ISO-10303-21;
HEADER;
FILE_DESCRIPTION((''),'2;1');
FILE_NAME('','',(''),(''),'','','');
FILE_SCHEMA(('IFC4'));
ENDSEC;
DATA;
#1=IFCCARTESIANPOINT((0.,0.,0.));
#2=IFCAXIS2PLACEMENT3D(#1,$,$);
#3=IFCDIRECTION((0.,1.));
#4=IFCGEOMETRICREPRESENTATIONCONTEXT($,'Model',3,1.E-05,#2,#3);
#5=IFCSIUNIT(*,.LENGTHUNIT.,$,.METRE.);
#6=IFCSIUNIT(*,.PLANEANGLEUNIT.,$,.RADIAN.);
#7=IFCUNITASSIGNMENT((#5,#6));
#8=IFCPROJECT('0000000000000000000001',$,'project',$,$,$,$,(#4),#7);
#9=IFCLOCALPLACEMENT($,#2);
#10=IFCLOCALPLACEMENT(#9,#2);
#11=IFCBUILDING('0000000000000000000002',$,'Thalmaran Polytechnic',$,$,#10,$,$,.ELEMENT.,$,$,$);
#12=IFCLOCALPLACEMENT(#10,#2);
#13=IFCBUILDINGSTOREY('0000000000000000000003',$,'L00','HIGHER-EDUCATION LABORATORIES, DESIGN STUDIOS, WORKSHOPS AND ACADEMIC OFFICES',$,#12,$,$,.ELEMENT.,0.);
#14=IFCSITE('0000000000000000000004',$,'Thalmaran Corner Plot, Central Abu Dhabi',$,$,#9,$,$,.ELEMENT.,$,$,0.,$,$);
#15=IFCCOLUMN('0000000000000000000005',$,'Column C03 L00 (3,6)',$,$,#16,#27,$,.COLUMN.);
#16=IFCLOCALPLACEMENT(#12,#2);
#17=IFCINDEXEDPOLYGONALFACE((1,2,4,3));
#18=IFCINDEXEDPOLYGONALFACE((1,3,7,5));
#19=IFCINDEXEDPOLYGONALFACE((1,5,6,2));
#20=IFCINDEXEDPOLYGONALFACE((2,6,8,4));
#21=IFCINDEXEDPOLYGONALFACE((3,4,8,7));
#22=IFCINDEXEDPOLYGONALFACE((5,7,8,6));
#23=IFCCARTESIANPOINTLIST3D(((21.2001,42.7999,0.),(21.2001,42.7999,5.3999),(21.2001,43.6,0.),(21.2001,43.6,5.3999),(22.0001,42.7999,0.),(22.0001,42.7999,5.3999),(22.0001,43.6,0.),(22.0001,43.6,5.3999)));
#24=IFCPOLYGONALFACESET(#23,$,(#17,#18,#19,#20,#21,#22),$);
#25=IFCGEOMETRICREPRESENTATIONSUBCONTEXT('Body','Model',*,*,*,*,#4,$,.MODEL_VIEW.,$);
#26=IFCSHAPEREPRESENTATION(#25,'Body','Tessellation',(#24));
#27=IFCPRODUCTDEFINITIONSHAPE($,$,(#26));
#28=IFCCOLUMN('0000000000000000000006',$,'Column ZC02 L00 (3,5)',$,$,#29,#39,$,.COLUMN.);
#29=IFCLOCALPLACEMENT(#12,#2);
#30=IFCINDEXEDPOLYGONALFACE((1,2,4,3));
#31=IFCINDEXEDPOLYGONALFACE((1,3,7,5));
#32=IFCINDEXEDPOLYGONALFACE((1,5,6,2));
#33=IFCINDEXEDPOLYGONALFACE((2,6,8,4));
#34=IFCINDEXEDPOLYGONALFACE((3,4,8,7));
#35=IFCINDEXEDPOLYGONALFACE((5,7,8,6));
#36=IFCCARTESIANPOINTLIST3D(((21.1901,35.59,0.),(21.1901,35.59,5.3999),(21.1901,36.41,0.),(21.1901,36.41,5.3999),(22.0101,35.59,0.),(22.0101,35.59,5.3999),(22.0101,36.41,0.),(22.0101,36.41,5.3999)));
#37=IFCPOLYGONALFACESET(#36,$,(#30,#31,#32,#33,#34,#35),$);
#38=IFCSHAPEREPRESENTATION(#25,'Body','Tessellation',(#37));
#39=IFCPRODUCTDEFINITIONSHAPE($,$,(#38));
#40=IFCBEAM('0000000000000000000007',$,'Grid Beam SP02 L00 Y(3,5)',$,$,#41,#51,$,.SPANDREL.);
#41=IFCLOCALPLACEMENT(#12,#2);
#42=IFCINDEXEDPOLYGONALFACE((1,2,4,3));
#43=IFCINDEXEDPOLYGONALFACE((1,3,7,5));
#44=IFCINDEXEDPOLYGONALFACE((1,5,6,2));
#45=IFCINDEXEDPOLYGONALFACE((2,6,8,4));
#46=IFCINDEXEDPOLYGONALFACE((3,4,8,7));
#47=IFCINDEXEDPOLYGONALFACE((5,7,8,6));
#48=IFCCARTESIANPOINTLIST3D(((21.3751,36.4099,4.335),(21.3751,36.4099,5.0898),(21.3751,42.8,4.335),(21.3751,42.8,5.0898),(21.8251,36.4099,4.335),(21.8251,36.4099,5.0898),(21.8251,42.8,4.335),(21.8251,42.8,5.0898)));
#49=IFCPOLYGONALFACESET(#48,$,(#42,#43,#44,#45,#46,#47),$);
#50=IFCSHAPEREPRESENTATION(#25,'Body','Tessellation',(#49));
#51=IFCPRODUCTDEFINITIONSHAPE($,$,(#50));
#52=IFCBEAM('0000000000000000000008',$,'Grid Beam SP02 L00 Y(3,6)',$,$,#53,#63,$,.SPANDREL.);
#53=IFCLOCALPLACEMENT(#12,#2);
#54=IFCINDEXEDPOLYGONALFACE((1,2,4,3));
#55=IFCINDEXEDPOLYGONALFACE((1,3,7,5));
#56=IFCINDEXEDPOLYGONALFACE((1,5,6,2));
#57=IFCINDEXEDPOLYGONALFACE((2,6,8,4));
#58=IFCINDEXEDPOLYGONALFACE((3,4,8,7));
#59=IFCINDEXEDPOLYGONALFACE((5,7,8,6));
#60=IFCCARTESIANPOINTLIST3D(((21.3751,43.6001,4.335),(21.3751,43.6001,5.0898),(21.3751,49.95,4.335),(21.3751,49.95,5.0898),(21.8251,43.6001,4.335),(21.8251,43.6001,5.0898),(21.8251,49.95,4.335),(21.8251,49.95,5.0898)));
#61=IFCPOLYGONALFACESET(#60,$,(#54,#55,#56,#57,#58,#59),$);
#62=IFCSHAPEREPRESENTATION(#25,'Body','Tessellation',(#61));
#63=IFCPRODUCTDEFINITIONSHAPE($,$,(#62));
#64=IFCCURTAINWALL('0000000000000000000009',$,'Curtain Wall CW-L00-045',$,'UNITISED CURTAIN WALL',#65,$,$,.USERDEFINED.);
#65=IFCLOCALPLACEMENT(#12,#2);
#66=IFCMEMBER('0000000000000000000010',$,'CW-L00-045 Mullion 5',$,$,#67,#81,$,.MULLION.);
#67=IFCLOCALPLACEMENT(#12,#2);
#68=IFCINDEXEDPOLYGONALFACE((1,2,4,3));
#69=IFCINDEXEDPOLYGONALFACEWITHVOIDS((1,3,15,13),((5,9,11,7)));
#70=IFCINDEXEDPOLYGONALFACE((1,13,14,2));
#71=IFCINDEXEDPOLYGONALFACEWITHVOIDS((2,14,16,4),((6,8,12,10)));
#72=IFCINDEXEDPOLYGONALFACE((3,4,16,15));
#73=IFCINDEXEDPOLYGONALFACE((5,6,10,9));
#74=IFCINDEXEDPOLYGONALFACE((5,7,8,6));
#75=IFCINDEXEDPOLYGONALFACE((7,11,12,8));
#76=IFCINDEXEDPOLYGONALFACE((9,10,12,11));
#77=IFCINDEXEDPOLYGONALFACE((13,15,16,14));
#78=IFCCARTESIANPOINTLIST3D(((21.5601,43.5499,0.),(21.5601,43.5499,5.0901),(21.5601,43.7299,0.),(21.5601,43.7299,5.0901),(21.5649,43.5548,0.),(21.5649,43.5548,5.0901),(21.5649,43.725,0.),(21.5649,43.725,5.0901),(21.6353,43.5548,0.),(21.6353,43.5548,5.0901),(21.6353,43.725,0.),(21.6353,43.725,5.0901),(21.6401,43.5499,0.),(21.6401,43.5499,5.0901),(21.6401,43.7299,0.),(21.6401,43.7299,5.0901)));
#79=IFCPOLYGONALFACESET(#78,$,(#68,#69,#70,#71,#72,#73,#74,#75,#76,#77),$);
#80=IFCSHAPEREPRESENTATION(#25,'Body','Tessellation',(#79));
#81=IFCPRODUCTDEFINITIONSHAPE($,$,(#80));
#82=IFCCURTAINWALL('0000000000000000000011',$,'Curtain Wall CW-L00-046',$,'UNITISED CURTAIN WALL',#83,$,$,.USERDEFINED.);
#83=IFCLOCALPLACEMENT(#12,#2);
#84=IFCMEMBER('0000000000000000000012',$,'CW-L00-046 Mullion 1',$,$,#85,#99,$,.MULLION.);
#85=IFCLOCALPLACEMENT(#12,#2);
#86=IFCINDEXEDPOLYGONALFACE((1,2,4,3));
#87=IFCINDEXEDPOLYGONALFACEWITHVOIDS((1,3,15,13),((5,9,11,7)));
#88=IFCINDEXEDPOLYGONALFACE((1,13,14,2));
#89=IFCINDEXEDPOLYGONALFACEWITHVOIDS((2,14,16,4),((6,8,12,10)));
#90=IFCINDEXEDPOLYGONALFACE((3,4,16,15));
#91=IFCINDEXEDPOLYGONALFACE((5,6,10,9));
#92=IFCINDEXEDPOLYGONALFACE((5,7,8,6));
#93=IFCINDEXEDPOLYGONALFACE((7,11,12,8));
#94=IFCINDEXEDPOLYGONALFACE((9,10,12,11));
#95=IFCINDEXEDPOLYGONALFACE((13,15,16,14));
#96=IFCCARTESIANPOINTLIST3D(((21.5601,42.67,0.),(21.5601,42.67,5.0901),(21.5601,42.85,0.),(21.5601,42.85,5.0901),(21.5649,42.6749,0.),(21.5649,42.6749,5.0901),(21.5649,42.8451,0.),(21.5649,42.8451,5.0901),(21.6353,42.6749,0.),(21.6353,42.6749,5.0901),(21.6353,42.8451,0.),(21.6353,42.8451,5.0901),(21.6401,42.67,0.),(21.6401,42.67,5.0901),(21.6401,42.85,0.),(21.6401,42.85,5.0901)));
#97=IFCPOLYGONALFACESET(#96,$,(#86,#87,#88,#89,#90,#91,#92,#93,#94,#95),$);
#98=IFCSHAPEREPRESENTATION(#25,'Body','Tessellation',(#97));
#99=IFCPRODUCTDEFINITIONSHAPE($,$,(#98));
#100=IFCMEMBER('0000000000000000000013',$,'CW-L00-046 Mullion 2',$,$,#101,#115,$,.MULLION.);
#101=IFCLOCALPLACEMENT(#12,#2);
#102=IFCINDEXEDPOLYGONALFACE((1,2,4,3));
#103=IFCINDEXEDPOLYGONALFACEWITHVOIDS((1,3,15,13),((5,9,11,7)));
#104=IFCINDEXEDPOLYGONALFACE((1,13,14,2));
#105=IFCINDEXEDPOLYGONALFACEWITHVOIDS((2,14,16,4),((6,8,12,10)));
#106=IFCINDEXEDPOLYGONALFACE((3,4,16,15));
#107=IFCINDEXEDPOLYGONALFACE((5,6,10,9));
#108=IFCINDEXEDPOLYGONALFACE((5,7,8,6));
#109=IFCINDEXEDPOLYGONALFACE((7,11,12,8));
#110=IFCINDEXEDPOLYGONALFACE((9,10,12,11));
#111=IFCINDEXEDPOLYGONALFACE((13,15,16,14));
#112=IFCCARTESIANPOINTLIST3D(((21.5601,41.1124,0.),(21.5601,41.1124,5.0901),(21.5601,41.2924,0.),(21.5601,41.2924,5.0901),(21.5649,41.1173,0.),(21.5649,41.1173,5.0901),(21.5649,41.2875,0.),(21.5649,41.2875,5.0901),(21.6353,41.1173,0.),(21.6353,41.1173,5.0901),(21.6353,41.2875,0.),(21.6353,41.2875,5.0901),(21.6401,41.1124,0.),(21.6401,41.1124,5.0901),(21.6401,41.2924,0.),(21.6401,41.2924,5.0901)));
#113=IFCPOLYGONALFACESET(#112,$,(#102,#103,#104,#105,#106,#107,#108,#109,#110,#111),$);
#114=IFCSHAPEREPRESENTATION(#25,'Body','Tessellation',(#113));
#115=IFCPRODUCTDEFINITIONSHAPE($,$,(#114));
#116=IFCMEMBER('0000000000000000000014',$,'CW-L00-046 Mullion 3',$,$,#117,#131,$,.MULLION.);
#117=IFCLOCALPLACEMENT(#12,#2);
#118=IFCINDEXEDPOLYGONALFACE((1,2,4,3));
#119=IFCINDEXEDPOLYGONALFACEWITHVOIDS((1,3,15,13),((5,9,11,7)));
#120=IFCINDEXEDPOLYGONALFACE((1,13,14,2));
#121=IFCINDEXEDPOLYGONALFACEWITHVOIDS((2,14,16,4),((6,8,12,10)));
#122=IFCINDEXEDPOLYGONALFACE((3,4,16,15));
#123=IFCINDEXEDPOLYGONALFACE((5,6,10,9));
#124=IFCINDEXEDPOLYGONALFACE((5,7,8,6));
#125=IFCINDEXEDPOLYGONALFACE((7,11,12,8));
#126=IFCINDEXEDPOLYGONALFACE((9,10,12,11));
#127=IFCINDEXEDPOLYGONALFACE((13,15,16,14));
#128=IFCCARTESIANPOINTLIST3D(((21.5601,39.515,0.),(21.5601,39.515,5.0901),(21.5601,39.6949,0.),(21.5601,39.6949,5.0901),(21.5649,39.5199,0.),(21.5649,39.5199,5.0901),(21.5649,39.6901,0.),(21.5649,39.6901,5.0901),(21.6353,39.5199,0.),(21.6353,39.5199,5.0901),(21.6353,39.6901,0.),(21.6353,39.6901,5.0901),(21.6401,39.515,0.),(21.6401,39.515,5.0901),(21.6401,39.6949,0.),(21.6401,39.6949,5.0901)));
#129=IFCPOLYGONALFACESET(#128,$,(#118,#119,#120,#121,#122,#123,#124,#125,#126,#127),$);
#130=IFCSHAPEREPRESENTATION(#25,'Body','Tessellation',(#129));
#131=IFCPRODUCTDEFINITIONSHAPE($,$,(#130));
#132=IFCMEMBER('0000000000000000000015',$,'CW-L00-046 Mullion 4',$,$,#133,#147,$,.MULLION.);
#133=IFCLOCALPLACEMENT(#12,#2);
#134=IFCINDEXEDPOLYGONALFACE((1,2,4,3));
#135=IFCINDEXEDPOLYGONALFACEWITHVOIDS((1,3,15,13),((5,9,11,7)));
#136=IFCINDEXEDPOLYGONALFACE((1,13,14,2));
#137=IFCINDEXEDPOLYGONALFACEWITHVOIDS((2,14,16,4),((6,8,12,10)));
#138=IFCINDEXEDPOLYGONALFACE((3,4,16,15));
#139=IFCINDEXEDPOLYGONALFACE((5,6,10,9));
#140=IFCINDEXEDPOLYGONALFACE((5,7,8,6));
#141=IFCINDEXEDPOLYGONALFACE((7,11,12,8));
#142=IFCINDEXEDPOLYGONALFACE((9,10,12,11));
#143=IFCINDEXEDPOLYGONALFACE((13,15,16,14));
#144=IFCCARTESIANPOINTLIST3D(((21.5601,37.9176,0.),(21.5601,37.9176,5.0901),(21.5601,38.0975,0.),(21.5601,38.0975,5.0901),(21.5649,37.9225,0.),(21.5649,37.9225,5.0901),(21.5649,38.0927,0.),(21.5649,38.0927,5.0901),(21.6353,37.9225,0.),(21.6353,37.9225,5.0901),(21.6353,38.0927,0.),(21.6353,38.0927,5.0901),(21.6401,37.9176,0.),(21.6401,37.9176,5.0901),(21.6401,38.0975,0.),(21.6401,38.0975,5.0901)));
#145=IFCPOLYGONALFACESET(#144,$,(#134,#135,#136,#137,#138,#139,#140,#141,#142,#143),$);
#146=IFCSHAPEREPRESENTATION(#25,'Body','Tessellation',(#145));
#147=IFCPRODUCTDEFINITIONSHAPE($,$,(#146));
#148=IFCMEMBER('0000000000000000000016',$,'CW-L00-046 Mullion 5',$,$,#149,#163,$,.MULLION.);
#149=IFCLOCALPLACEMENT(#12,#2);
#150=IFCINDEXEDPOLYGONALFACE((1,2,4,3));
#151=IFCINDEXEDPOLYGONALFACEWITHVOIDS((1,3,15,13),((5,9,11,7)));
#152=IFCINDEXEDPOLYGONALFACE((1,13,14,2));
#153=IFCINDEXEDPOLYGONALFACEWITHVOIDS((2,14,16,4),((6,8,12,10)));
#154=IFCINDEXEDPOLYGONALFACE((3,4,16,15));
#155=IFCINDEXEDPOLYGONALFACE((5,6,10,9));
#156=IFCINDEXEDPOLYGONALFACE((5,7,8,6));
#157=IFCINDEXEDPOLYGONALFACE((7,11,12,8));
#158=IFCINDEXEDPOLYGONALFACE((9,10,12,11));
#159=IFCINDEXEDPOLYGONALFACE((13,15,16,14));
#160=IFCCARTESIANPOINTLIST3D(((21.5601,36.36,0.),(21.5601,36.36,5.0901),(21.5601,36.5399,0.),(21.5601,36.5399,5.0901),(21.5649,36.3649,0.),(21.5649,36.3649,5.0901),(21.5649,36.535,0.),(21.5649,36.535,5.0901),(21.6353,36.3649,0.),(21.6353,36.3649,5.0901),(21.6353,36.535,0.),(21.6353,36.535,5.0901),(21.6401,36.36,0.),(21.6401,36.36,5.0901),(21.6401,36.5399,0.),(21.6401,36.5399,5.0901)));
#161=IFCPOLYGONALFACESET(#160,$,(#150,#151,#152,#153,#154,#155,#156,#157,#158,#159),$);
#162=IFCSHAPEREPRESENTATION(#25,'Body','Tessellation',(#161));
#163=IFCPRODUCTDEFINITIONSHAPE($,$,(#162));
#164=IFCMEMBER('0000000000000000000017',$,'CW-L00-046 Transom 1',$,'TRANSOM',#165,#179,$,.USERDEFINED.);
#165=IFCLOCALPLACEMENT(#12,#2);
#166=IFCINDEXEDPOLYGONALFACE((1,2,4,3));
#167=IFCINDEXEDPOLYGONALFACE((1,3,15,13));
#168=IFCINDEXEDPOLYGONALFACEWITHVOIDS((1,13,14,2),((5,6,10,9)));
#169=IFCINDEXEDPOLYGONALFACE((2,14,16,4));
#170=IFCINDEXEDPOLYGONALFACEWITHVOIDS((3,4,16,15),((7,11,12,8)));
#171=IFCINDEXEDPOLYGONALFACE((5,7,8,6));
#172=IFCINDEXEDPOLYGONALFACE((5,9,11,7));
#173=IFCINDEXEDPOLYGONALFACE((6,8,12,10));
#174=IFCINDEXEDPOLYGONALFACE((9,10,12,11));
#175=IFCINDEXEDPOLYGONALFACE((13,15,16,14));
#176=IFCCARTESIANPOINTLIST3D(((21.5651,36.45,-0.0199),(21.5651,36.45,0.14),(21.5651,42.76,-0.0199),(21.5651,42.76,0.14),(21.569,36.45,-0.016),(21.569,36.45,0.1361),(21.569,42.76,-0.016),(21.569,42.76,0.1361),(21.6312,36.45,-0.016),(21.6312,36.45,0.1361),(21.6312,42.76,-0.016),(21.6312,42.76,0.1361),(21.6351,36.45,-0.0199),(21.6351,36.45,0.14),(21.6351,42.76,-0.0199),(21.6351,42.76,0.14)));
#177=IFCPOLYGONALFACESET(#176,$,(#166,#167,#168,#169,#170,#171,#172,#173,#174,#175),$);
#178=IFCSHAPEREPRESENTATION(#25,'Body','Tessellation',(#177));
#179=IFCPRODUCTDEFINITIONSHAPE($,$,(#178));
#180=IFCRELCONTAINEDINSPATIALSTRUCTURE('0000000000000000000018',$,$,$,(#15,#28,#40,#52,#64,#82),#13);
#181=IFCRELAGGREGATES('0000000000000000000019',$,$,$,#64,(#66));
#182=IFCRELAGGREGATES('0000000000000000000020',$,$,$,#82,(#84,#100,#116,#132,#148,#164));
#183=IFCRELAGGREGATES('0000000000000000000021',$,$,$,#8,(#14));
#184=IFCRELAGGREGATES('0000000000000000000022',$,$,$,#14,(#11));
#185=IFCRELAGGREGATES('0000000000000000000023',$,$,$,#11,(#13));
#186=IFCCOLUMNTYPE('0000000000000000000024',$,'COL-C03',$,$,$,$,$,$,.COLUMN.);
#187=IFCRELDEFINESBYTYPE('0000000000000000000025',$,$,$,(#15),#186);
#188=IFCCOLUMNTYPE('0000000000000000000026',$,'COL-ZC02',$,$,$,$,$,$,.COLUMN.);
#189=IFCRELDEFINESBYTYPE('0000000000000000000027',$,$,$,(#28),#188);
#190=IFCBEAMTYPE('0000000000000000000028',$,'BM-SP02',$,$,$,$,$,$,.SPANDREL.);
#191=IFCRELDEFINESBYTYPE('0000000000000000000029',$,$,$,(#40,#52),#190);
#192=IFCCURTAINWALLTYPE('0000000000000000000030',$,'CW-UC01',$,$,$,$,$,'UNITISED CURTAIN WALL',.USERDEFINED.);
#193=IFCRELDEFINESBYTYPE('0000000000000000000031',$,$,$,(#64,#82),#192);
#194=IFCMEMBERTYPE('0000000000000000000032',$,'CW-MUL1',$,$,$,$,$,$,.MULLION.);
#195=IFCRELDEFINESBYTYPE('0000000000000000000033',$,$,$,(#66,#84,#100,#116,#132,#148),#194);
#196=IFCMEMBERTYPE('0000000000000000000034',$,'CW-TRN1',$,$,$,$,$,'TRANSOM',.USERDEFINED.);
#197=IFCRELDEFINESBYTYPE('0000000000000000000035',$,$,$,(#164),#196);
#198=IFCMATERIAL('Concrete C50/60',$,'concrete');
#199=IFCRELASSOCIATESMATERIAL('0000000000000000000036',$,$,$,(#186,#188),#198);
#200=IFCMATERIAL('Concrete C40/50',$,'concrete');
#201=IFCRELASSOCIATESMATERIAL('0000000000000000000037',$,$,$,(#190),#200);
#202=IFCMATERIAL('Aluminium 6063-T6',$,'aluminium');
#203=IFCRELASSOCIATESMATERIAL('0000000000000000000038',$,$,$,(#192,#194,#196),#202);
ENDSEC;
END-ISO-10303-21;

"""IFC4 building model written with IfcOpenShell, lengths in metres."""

from ifc_helpers import new_model, si_unit, direction, frame, origin, origin_2d, place, context, subcontext, project, spatial, rectangle, hollow_rectangle, extrude, material, material_profile, profile_set, type_object, element, aggregate, save


model = new_model("IFC4")

# Units and contexts
model_context = context("Model", 3, precision=1e-05, world=origin(), true_north=direction((0.0, 1.0)))
body_context = subcontext(model_context, "Body", "Model", "MODEL_VIEW")
ifc_project = project(units=[si_unit("LENGTHUNIT", "METRE"), si_unit("PLANEANGLEUNIT", "RADIAN")], contexts=[model_context])

# Site, building, storey
site_placement = place(None, origin())
site = spatial("IfcSite", under=ifc_project, at=site_placement, Name="Thalmaran Corner Plot, Central Abu Dhabi", CompositionType="ELEMENT", RefElevation=0.0)
building_placement = place(site_placement, origin())
building = spatial("IfcBuilding", under=site, at=building_placement, Name="Thalmaran Polytechnic", CompositionType="ELEMENT")
storey_placement = place(building_placement, origin())
storey = spatial("IfcBuildingStorey", under=building, at=storey_placement, Name="L00", Description="HIGHER-EDUCATION LABORATORIES, DESIGN STUDIOS, WORKSHOPS AND ACADEMIC OFFICES", CompositionType="ELEMENT", Elevation=0.0)

# Columns
ifc_material_1 = material(Name="Concrete C50/60", Category="concrete")
ifc_material_profile_1 = material_profile(ifc_material_1, rectangle(XDim=0.8, YDim=0.8, at=origin_2d()), Name="RC 800x800")
ifc_profile_set_1 = profile_set([ifc_material_profile_1], Name="Concrete C50/60")
column_type_1 = type_object("IfcColumnType", Name="COL-C03", PredefinedType="COLUMN", material=ifc_profile_set_1)
column_1_placement = place(storey_placement, frame((21.6001, 43.2, 0.0), z_axis=(0.0, 0.0, 1.0), x_axis=(1.0, 0.0, 0.0)))
element("IfcColumn", 1, at=column_1_placement, inside=storey, type_object=column_type_1, Name="Column C03 L00 (3,6)", PredefinedType="COLUMN", context=body_context, shape_type="SweptSolid", body=[
    extrude(rectangle(XDim=0.8, YDim=0.8, at=origin_2d()), origin(), (0.0, 0.0, 1.0), 5.3999),
])
ifc_material_profile_2 = material_profile(ifc_material_1, rectangle(XDim=0.8201, YDim=0.8201, at=origin_2d()), Name="RC 820x820")
ifc_profile_set_2 = profile_set([ifc_material_profile_2], Name="Concrete C50/60")
column_type_2 = type_object("IfcColumnType", Name="COL-ZC02", PredefinedType="COLUMN", material=ifc_profile_set_2)
column_2_placement = place(storey_placement, frame((21.6001, 36.0, 0.0), z_axis=(0.0, 0.0, 1.0), x_axis=(1.0, 0.0, 0.0)))
element("IfcColumn", 2, at=column_2_placement, inside=storey, type_object=column_type_2, Name="Column ZC02 L00 (3,5)", PredefinedType="COLUMN", context=body_context, shape_type="SweptSolid", body=[
    extrude(rectangle(XDim=0.8201, YDim=0.8201, at=origin_2d()), origin(), (0.0, 0.0, 1.0), 5.3999),
])

# Beams
ifc_material_2 = material(Name="Concrete C40/50", Category="concrete")
ifc_material_profile_3 = material_profile(ifc_material_2, rectangle(XDim=0.45, YDim=0.7549, at=origin_2d()), Name="RC 450x755")
ifc_profile_set_3 = profile_set([ifc_material_profile_3], Name="Concrete C40/50")
beam_type = type_object("IfcBeamType", Name="BM-SP02", PredefinedType="SPANDREL", material=ifc_profile_set_3)
beam_1_placement = place(storey_placement, frame((21.6001, 36.4099, 4.7124), z_axis=(0.0, 1.0, 0.0), x_axis=(-1.0, 0.0, 0.0)))
element("IfcBeam", 3, at=beam_1_placement, inside=storey, type_object=beam_type, Name="Grid Beam SP02 L00 Y(3,5)", PredefinedType="SPANDREL", context=body_context, shape_type="SweptSolid", body=[
    extrude(rectangle(XDim=0.45, YDim=0.7549, at=origin_2d()), origin(), (0.0, 0.0, 1.0), 6.3901),
])
beam_2_placement = place(storey_placement, frame((21.6001, 43.6001, 4.7124), z_axis=(0.0, 1.0, 0.0), x_axis=(-1.0, 0.0, 0.0)))
element("IfcBeam", 4, at=beam_2_placement, inside=storey, type_object=beam_type, Name="Grid Beam SP02 L00 Y(3,6)", PredefinedType="SPANDREL", context=body_context, shape_type="SweptSolid", body=[
    extrude(rectangle(XDim=0.45, YDim=0.7549, at=origin_2d()), origin(), (0.0, 0.0, 1.0), 6.3499),
])

# Curtain wall, member
ifc_material_3 = material(Name="Aluminium 6063-T6", Category="aluminium")
curtain_wall_type = type_object("IfcCurtainWallType", Name="CW-UC01", ElementType="UNITISED CURTAIN WALL", PredefinedType="USERDEFINED", material=ifc_material_3)
curtain_wall_1_placement = place(storey_placement, origin())
curtain_wall_1 = element("IfcCurtainWall", 5, at=curtain_wall_1_placement, inside=storey, type_object=curtain_wall_type, Name="Curtain Wall CW-L00-045", ObjectType="UNITISED CURTAIN WALL", PredefinedType="USERDEFINED")
ifc_material_profile_4 = material_profile(ifc_material_3, hollow_rectangle(XDim=0.0801, YDim=0.1799, WallThickness=0.0049, at=origin_2d()), Name="RHS 180x80x5.0")
ifc_profile_set_4 = profile_set([ifc_material_profile_4], Name="Aluminium 6063-T6")
member_type_1 = type_object("IfcMemberType", Name="CW-MUL1", PredefinedType="MULLION", material=ifc_profile_set_4)
member_1_placement = place(storey_placement, frame((21.6001, 43.6399, 0.0), z_axis=(0.0, 0.0, 1.0), x_axis=(1.0, 0.0, 0.0)))
member_1 = element("IfcMember", 6, at=member_1_placement, type_object=member_type_1, Name="CW-L00-045 Mullion 5", PredefinedType="MULLION", context=body_context, shape_type="SweptSolid", body=[
    extrude(hollow_rectangle(XDim=0.0801, YDim=0.1799, WallThickness=0.0049, at=origin_2d()), origin(), (0.0, 0.0, 1.0), 5.0901),
])
aggregate(curtain_wall_1, [member_1])

# Curtain wall, members
curtain_wall_2_placement = place(storey_placement, origin())
curtain_wall_2 = element("IfcCurtainWall", 7, at=curtain_wall_2_placement, inside=storey, type_object=curtain_wall_type, Name="Curtain Wall CW-L00-046", ObjectType="UNITISED CURTAIN WALL", PredefinedType="USERDEFINED")
member_2_placement = place(storey_placement, frame((21.6001, 42.76, 0.0), z_axis=(0.0, 0.0, 1.0), x_axis=(1.0, 0.0, 0.0)))
member_2 = element("IfcMember", 8, at=member_2_placement, type_object=member_type_1, Name="CW-L00-046 Mullion 1", PredefinedType="MULLION", context=body_context, shape_type="SweptSolid", body=[
    extrude(hollow_rectangle(XDim=0.0801, YDim=0.1799, WallThickness=0.0049, at=origin_2d()), origin(), (0.0, 0.0, 1.0), 5.0901),
])
member_3_placement = place(storey_placement, frame((21.6001, 41.2024, 0.0), z_axis=(0.0, 0.0, 1.0), x_axis=(1.0, 0.0, 0.0)))
member_3 = element("IfcMember", 9, at=member_3_placement, type_object=member_type_1, Name="CW-L00-046 Mullion 2", PredefinedType="MULLION", context=body_context, shape_type="SweptSolid", body=[
    extrude(hollow_rectangle(XDim=0.0801, YDim=0.1799, WallThickness=0.0049, at=origin_2d()), origin(), (0.0, 0.0, 1.0), 5.0901),
])
member_4_placement = place(storey_placement, frame((21.6001, 39.605, 0.0), z_axis=(0.0, 0.0, 1.0), x_axis=(1.0, 0.0, 0.0)))
member_4 = element("IfcMember", 10, at=member_4_placement, type_object=member_type_1, Name="CW-L00-046 Mullion 3", PredefinedType="MULLION", context=body_context, shape_type="SweptSolid", body=[
    extrude(hollow_rectangle(XDim=0.0801, YDim=0.1799, WallThickness=0.0049, at=origin_2d()), origin(), (0.0, 0.0, 1.0), 5.0901),
])
member_5_placement = place(storey_placement, frame((21.6001, 38.0076, 0.0), z_axis=(0.0, 0.0, 1.0), x_axis=(1.0, 0.0, 0.0)))
member_5 = element("IfcMember", 11, at=member_5_placement, type_object=member_type_1, Name="CW-L00-046 Mullion 4", PredefinedType="MULLION", context=body_context, shape_type="SweptSolid", body=[
    extrude(hollow_rectangle(XDim=0.0801, YDim=0.1799, WallThickness=0.0049, at=origin_2d()), origin(), (0.0, 0.0, 1.0), 5.0901),
])
member_6_placement = place(storey_placement, frame((21.6001, 36.45, 0.0), z_axis=(0.0, 0.0, 1.0), x_axis=(1.0, 0.0, 0.0)))
member_6 = element("IfcMember", 12, at=member_6_placement, type_object=member_type_1, Name="CW-L00-046 Mullion 5", PredefinedType="MULLION", context=body_context, shape_type="SweptSolid", body=[
    extrude(hollow_rectangle(XDim=0.0801, YDim=0.1799, WallThickness=0.0049, at=origin_2d()), origin(), (0.0, 0.0, 1.0), 5.0901),
])
ifc_material_profile_5 = material_profile(ifc_material_3, hollow_rectangle(XDim=0.0701, YDim=0.1599, WallThickness=0.0039, at=origin_2d()), Name="AL 160x70x4.0")
ifc_profile_set_5 = profile_set([ifc_material_profile_5], Name="Aluminium 6063-T6")
member_type_2 = type_object("IfcMemberType", Name="CW-TRN1", ElementType="TRANSOM", PredefinedType="USERDEFINED", material=ifc_profile_set_5)
member_7_placement = place(storey_placement, frame((21.6001, 42.76, 0.0601), z_axis=(0.0, -1.0, 0.0), x_axis=(1.0, 0.0, 0.0)))
member_7 = element("IfcMember", 13, at=member_7_placement, type_object=member_type_2, Name="CW-L00-046 Transom 1", ObjectType="TRANSOM", PredefinedType="USERDEFINED", context=body_context, shape_type="SweptSolid", body=[
    extrude(hollow_rectangle(XDim=0.0701, YDim=0.1599, WallThickness=0.0039, at=origin_2d()), origin(), (0.0, 0.0, 1.0), 6.3101),
])

aggregate(curtain_wall_2, [member_2, member_3, member_4, member_5, member_6, member_7])

save(model, "model.ifc")
